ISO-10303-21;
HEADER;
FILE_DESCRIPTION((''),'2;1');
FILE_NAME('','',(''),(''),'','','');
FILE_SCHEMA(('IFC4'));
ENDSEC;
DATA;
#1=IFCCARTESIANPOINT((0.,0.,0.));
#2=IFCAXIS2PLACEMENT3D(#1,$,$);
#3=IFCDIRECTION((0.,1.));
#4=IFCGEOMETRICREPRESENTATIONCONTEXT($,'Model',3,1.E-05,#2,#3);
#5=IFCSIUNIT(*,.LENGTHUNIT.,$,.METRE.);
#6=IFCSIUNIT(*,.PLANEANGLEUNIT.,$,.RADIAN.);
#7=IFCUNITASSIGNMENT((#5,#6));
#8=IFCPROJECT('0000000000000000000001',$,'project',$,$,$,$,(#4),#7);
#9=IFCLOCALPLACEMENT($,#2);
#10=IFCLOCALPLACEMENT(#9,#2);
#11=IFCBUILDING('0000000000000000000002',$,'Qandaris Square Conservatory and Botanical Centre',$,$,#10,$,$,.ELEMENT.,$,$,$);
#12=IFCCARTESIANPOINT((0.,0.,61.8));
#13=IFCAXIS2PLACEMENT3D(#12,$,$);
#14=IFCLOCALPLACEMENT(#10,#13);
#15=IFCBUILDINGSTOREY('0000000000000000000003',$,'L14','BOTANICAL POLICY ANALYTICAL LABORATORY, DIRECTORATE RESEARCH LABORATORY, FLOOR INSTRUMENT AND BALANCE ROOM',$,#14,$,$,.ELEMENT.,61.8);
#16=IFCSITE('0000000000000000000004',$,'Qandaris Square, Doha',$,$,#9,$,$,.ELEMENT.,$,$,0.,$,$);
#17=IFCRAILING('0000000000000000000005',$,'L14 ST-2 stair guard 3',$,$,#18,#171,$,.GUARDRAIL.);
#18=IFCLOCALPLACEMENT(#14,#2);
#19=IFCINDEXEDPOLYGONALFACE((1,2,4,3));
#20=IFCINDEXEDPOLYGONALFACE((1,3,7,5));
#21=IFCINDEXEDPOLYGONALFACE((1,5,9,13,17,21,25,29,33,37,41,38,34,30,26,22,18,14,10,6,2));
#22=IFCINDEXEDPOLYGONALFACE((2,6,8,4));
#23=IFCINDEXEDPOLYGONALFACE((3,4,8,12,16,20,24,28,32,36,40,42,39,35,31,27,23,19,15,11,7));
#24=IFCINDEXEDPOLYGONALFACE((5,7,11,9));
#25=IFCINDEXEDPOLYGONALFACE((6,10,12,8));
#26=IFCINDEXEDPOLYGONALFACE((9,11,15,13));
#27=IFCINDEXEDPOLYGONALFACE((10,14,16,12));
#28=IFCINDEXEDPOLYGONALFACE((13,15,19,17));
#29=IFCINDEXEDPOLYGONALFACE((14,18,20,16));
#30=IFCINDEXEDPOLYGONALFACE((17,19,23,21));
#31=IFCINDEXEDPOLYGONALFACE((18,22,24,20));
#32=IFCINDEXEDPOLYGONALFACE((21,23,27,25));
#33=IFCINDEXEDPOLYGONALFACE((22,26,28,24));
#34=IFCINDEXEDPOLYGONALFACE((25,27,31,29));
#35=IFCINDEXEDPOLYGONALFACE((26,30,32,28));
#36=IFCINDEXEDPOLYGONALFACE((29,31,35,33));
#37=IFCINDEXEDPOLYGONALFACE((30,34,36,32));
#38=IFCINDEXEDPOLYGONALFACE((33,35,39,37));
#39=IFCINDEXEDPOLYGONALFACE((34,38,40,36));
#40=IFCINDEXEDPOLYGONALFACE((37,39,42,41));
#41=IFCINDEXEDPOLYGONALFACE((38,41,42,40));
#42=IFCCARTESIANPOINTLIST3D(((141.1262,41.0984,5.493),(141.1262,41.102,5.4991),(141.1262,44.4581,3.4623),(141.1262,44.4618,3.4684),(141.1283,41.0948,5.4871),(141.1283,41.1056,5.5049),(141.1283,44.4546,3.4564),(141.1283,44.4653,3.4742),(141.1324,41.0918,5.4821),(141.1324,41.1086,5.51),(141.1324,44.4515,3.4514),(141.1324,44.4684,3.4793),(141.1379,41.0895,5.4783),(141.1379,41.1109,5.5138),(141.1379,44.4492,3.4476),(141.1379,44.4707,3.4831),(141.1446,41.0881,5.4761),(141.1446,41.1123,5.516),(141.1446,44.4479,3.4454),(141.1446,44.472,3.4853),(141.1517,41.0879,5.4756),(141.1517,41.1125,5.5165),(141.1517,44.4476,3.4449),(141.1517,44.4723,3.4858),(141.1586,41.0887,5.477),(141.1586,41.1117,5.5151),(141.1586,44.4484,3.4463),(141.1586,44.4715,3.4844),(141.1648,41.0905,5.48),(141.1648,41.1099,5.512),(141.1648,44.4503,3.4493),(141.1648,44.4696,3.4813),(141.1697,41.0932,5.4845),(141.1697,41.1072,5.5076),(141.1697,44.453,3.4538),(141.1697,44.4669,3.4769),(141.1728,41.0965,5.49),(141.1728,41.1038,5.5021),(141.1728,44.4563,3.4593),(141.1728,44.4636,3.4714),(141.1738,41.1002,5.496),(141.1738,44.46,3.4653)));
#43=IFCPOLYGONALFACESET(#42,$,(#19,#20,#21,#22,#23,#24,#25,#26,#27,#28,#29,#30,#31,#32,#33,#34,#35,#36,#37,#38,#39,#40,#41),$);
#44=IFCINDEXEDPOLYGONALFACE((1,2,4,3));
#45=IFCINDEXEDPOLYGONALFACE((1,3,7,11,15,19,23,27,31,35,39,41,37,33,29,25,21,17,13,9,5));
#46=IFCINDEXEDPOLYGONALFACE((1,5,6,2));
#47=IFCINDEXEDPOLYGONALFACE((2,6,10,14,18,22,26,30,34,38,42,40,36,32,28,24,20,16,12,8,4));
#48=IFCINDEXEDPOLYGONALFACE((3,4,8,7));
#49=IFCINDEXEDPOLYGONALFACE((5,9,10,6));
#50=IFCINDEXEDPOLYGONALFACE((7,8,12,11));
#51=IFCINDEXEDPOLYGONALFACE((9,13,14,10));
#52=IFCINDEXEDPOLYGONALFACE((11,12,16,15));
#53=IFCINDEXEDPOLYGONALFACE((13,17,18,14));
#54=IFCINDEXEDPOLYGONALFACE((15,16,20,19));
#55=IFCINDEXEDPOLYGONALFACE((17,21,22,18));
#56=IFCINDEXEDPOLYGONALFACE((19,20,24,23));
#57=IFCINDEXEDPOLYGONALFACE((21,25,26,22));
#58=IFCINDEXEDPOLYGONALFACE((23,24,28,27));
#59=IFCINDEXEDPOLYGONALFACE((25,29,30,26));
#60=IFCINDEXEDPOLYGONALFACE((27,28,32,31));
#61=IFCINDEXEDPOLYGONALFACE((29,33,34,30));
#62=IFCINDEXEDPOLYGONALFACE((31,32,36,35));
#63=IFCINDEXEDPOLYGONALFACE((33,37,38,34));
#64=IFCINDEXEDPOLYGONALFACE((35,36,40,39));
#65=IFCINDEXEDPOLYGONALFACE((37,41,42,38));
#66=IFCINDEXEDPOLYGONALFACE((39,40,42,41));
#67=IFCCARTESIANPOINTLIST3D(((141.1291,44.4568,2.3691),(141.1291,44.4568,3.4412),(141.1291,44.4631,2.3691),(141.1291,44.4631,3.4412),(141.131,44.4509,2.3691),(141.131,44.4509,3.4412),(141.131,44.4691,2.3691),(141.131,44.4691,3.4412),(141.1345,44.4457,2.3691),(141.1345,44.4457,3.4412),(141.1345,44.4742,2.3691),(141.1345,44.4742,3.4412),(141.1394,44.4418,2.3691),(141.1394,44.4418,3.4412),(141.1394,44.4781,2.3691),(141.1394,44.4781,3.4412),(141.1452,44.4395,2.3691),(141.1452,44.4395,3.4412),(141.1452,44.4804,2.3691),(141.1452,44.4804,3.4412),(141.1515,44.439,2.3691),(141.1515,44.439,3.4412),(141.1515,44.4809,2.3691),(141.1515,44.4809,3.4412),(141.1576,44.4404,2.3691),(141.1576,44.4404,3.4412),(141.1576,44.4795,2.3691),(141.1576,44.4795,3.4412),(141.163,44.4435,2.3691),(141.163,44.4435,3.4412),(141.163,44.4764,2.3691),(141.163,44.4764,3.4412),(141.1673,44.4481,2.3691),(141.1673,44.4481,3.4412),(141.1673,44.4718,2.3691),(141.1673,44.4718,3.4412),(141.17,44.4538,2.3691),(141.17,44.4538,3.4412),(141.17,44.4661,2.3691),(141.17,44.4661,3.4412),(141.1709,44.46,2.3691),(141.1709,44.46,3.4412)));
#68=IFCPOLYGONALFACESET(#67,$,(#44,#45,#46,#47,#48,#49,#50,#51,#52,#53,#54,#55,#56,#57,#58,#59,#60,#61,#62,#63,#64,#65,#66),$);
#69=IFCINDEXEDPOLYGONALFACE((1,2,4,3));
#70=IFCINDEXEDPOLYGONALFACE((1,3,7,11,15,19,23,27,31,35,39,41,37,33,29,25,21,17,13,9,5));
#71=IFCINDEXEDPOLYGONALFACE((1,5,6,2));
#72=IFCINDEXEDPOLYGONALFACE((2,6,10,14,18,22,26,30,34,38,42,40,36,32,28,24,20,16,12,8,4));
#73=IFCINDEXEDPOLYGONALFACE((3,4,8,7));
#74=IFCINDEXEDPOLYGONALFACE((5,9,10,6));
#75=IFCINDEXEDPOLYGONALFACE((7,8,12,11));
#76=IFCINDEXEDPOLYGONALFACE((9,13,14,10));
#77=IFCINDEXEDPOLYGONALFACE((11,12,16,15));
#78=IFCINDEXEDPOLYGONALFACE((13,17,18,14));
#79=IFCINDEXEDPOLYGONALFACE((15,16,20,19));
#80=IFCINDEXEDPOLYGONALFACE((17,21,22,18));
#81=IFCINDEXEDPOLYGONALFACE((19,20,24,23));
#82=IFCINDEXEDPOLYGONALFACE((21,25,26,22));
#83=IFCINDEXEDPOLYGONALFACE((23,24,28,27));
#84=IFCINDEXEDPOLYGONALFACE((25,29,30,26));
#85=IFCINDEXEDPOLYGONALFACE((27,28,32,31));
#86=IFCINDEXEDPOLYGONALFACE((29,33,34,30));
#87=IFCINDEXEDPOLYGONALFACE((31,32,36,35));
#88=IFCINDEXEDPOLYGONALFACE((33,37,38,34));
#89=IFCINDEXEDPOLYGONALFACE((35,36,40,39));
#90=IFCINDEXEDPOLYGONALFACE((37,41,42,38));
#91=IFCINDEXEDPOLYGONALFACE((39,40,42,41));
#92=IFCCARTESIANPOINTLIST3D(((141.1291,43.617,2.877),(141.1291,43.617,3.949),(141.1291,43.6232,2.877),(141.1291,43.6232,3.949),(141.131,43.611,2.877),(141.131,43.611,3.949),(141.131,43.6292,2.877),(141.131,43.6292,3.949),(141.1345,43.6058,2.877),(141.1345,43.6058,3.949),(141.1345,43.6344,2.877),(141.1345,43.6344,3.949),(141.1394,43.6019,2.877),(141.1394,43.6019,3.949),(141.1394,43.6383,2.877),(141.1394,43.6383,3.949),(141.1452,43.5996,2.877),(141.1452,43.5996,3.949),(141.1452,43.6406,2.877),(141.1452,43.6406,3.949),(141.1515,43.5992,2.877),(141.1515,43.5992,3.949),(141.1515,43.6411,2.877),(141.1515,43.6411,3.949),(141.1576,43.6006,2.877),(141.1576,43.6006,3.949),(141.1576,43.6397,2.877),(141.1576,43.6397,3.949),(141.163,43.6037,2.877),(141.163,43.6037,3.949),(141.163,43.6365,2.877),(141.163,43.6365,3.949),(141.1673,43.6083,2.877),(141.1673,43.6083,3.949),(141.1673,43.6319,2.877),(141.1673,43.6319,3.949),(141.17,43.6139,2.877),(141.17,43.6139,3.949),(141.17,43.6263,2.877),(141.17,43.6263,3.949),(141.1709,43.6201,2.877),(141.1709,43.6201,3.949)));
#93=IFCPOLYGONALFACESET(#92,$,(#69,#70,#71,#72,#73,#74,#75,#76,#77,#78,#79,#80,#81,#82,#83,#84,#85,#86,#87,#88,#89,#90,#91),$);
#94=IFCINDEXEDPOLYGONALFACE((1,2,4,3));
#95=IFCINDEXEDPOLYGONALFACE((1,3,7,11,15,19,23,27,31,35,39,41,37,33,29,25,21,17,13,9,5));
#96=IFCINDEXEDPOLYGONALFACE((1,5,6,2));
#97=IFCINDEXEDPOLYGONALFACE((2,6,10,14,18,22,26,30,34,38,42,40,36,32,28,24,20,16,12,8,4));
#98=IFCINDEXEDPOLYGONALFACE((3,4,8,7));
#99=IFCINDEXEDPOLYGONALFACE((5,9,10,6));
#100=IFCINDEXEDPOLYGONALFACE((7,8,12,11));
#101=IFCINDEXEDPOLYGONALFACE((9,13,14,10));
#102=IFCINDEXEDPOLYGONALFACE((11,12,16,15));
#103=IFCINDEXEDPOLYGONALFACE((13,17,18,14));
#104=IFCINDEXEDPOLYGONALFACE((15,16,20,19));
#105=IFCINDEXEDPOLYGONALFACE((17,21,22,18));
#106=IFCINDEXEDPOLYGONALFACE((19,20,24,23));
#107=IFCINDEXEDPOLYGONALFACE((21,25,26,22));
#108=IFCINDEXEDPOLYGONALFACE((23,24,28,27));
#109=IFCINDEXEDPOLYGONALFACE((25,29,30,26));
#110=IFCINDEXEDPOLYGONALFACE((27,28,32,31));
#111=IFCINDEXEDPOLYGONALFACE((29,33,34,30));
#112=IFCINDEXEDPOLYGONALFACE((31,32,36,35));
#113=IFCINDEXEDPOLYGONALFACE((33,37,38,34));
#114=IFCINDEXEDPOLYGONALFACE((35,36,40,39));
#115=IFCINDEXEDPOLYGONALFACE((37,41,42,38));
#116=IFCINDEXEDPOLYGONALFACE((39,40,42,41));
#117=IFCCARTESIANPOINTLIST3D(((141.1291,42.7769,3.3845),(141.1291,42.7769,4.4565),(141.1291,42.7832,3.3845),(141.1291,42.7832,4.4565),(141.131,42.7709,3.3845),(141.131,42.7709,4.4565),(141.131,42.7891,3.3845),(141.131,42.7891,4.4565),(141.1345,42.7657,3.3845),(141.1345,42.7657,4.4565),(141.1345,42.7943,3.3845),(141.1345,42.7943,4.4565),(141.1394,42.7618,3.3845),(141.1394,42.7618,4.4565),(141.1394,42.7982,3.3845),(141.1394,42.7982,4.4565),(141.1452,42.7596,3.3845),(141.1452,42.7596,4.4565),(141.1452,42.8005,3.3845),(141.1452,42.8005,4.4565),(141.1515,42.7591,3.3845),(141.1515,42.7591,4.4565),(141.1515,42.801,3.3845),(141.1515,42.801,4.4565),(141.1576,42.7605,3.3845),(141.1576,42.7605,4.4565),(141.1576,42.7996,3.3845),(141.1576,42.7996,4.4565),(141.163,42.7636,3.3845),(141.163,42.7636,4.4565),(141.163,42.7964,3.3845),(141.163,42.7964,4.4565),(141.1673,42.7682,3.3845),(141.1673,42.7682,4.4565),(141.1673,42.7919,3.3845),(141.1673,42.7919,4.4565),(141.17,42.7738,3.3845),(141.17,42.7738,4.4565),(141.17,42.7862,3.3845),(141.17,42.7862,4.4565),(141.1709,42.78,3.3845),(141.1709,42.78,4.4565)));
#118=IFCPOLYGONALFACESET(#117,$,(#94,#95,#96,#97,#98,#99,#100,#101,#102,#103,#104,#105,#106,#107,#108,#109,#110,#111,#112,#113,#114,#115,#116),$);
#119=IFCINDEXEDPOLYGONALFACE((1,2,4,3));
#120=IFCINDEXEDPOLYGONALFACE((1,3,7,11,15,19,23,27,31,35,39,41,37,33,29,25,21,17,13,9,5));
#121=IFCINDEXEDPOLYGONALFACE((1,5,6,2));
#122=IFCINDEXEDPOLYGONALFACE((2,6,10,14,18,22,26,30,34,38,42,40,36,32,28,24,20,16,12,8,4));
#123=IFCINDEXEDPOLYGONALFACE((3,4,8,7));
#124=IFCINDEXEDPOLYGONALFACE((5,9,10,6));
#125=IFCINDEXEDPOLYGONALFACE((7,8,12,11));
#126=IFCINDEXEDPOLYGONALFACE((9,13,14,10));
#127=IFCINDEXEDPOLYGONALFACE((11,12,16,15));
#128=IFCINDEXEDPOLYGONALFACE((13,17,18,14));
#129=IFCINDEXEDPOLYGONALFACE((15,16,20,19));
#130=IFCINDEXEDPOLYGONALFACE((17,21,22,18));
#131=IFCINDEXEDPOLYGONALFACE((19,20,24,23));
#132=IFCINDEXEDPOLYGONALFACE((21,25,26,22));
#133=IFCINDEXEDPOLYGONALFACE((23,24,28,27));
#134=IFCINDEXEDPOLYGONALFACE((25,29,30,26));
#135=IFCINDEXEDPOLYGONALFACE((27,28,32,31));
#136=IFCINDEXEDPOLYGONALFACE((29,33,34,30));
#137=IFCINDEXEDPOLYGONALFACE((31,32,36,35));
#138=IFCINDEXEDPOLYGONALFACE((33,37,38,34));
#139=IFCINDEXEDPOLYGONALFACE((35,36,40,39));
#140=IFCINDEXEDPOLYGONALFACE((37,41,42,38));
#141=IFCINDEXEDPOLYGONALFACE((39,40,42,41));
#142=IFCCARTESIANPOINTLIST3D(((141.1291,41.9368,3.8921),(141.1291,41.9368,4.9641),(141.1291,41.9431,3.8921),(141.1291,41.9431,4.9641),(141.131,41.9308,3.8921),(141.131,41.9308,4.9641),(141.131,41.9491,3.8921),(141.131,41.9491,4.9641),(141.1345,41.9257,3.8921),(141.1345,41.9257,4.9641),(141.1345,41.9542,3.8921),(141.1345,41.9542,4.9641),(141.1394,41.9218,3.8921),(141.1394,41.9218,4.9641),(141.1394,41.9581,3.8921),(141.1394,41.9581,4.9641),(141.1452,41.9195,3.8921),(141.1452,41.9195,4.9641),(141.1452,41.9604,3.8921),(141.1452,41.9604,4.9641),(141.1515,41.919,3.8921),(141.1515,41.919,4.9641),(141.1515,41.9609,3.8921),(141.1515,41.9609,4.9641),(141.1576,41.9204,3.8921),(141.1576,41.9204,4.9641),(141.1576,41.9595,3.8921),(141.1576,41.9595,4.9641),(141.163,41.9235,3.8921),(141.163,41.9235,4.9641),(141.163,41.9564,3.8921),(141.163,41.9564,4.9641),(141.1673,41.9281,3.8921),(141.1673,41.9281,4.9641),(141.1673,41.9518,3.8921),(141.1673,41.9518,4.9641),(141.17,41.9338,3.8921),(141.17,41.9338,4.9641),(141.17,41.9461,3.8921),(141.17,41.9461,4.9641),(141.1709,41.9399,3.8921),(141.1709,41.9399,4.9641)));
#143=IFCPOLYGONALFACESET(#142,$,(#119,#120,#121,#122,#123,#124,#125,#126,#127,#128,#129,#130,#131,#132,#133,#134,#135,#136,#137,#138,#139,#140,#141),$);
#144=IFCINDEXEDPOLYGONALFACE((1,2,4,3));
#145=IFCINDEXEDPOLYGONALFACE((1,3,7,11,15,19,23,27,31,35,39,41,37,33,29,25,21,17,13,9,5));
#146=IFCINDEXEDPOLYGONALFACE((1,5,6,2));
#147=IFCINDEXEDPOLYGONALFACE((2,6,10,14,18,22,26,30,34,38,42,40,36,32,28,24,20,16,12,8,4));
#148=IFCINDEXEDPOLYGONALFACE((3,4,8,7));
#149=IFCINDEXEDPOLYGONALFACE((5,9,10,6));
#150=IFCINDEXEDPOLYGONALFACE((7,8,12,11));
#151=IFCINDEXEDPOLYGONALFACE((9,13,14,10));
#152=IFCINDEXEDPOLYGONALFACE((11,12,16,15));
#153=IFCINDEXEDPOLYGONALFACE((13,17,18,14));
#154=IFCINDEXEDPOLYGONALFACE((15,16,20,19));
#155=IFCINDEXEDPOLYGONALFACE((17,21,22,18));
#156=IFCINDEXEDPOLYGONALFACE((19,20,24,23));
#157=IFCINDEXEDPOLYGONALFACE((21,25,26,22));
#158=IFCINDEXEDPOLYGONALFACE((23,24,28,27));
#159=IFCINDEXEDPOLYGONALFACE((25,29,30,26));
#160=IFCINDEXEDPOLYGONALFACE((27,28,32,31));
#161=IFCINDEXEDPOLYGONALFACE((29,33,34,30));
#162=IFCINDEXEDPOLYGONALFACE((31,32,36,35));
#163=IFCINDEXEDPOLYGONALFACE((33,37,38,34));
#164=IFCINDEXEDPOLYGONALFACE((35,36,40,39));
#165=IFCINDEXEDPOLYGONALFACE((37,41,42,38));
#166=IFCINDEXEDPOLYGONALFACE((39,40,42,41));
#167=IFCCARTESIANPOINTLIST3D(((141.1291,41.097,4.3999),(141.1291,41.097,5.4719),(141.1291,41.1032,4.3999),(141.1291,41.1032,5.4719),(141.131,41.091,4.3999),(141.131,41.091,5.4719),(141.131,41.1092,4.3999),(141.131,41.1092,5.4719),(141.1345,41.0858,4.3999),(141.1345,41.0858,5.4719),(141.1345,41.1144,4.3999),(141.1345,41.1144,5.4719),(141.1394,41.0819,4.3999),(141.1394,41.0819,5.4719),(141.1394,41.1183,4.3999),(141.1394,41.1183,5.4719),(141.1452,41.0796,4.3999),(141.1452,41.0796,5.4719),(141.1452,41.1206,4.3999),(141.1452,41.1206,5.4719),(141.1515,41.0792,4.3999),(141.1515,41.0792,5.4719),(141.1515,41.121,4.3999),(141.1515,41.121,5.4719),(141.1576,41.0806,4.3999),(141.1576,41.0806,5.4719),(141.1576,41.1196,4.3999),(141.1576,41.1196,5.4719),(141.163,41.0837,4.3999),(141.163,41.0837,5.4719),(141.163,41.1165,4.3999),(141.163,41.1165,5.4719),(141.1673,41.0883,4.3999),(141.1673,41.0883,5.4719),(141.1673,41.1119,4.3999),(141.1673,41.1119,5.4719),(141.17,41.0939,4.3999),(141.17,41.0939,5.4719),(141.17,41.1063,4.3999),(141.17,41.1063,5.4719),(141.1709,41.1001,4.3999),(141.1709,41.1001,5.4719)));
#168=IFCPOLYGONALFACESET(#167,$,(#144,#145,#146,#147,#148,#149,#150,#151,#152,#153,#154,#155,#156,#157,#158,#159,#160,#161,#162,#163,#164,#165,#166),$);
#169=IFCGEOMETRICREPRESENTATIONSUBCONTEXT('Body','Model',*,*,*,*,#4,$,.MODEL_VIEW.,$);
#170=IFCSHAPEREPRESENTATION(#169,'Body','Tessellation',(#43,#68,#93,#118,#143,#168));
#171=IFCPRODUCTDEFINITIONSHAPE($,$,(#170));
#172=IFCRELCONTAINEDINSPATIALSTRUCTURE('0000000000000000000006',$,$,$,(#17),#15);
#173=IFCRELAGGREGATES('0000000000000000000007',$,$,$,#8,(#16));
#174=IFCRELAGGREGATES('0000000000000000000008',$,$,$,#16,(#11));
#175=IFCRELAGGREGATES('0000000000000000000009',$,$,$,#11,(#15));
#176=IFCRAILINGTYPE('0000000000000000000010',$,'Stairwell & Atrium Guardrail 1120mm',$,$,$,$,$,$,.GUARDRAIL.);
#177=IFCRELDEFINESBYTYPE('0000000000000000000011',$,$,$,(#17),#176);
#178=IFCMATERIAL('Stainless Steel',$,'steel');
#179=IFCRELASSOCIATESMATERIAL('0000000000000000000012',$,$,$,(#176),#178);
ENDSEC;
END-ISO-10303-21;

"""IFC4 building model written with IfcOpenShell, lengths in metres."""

from ifc_helpers import new_model, si_unit, direction, frame, origin, origin_2d, place, context, subcontext, project, spatial, circle, extrude, material, type_object, element, save


model = new_model("IFC4")

# Units and contexts
model_context = context("Model", 3, precision=1e-05, world=origin(), true_north=direction((0.0, 1.0)))
body_context = subcontext(model_context, "Body", "Model", "MODEL_VIEW")
ifc_project = project(units=[si_unit("LENGTHUNIT", "METRE"), si_unit("PLANEANGLEUNIT", "RADIAN")], contexts=[model_context])

# Site, building, storey
site_placement = place(None, origin())
site = spatial("IfcSite", under=ifc_project, at=site_placement, Name="Qandaris Square, Doha", CompositionType="ELEMENT", RefElevation=0.0)
building_placement = place(site_placement, origin())
building = spatial("IfcBuilding", under=site, at=building_placement, Name="Qandaris Square Conservatory and Botanical Centre", CompositionType="ELEMENT")
storey_placement = place(building_placement, frame((0.0, 0.0, 61.8)))
storey = spatial("IfcBuildingStorey", under=building, at=storey_placement, Name="L14", Description="BOTANICAL POLICY ANALYTICAL LABORATORY, DIRECTORATE RESEARCH LABORATORY, FLOOR INSTRUMENT AND BALANCE ROOM", CompositionType="ELEMENT", Elevation=61.8)

# Railing
ifc_material_1 = material(Name="Stainless Steel", Category="steel")
railing_type_1 = type_object("IfcRailingType", Name="Stairwell & Atrium Guardrail 1120mm", PredefinedType="GUARDRAIL", material=ifc_material_1)
railing_1_placement = place(storey_placement, frame((141.1499, 44.46, 2.3691)))
element("IfcRailing", 1, at=railing_1_placement, inside=storey, type_object=railing_type_1, Name="L14 ST-2 stair guard 3", PredefinedType="GUARDRAIL", context=body_context, shape_type="SweptSolid", body=[
    extrude(circle(Radius=0.0239, at=origin_2d()), frame((0.0, 0.0, 1.0962), z_axis=(0.0, -0.85582, 0.517273), x_axis=(1.0, 0.0, 0.0)), (0.0, 0.0, 1.0), 3.9258),
    extrude(circle(Radius=0.021, at=origin_2d()), origin(), (0.0, 0.0, 1.0), 1.072),
    extrude(circle(Radius=0.021, at=origin_2d()), frame((0.0, -0.8398, 0.5078)), (0.0, 0.0, 1.0), 1.072),
    extrude(circle(Radius=0.021, at=origin_2d()), frame((0.0, -1.6799, 1.0154)), (0.0, 0.0, 1.0), 1.072),
    extrude(circle(Radius=0.021, at=origin_2d()), frame((0.0, -2.52, 1.5229)), (0.0, 0.0, 1.0), 1.072),
    extrude(circle(Radius=0.021, at=origin_2d()), frame((0.0, -3.3599, 2.0308)), (0.0, 0.0, 1.0), 1.072),
])

save(model, "model.ifc")
